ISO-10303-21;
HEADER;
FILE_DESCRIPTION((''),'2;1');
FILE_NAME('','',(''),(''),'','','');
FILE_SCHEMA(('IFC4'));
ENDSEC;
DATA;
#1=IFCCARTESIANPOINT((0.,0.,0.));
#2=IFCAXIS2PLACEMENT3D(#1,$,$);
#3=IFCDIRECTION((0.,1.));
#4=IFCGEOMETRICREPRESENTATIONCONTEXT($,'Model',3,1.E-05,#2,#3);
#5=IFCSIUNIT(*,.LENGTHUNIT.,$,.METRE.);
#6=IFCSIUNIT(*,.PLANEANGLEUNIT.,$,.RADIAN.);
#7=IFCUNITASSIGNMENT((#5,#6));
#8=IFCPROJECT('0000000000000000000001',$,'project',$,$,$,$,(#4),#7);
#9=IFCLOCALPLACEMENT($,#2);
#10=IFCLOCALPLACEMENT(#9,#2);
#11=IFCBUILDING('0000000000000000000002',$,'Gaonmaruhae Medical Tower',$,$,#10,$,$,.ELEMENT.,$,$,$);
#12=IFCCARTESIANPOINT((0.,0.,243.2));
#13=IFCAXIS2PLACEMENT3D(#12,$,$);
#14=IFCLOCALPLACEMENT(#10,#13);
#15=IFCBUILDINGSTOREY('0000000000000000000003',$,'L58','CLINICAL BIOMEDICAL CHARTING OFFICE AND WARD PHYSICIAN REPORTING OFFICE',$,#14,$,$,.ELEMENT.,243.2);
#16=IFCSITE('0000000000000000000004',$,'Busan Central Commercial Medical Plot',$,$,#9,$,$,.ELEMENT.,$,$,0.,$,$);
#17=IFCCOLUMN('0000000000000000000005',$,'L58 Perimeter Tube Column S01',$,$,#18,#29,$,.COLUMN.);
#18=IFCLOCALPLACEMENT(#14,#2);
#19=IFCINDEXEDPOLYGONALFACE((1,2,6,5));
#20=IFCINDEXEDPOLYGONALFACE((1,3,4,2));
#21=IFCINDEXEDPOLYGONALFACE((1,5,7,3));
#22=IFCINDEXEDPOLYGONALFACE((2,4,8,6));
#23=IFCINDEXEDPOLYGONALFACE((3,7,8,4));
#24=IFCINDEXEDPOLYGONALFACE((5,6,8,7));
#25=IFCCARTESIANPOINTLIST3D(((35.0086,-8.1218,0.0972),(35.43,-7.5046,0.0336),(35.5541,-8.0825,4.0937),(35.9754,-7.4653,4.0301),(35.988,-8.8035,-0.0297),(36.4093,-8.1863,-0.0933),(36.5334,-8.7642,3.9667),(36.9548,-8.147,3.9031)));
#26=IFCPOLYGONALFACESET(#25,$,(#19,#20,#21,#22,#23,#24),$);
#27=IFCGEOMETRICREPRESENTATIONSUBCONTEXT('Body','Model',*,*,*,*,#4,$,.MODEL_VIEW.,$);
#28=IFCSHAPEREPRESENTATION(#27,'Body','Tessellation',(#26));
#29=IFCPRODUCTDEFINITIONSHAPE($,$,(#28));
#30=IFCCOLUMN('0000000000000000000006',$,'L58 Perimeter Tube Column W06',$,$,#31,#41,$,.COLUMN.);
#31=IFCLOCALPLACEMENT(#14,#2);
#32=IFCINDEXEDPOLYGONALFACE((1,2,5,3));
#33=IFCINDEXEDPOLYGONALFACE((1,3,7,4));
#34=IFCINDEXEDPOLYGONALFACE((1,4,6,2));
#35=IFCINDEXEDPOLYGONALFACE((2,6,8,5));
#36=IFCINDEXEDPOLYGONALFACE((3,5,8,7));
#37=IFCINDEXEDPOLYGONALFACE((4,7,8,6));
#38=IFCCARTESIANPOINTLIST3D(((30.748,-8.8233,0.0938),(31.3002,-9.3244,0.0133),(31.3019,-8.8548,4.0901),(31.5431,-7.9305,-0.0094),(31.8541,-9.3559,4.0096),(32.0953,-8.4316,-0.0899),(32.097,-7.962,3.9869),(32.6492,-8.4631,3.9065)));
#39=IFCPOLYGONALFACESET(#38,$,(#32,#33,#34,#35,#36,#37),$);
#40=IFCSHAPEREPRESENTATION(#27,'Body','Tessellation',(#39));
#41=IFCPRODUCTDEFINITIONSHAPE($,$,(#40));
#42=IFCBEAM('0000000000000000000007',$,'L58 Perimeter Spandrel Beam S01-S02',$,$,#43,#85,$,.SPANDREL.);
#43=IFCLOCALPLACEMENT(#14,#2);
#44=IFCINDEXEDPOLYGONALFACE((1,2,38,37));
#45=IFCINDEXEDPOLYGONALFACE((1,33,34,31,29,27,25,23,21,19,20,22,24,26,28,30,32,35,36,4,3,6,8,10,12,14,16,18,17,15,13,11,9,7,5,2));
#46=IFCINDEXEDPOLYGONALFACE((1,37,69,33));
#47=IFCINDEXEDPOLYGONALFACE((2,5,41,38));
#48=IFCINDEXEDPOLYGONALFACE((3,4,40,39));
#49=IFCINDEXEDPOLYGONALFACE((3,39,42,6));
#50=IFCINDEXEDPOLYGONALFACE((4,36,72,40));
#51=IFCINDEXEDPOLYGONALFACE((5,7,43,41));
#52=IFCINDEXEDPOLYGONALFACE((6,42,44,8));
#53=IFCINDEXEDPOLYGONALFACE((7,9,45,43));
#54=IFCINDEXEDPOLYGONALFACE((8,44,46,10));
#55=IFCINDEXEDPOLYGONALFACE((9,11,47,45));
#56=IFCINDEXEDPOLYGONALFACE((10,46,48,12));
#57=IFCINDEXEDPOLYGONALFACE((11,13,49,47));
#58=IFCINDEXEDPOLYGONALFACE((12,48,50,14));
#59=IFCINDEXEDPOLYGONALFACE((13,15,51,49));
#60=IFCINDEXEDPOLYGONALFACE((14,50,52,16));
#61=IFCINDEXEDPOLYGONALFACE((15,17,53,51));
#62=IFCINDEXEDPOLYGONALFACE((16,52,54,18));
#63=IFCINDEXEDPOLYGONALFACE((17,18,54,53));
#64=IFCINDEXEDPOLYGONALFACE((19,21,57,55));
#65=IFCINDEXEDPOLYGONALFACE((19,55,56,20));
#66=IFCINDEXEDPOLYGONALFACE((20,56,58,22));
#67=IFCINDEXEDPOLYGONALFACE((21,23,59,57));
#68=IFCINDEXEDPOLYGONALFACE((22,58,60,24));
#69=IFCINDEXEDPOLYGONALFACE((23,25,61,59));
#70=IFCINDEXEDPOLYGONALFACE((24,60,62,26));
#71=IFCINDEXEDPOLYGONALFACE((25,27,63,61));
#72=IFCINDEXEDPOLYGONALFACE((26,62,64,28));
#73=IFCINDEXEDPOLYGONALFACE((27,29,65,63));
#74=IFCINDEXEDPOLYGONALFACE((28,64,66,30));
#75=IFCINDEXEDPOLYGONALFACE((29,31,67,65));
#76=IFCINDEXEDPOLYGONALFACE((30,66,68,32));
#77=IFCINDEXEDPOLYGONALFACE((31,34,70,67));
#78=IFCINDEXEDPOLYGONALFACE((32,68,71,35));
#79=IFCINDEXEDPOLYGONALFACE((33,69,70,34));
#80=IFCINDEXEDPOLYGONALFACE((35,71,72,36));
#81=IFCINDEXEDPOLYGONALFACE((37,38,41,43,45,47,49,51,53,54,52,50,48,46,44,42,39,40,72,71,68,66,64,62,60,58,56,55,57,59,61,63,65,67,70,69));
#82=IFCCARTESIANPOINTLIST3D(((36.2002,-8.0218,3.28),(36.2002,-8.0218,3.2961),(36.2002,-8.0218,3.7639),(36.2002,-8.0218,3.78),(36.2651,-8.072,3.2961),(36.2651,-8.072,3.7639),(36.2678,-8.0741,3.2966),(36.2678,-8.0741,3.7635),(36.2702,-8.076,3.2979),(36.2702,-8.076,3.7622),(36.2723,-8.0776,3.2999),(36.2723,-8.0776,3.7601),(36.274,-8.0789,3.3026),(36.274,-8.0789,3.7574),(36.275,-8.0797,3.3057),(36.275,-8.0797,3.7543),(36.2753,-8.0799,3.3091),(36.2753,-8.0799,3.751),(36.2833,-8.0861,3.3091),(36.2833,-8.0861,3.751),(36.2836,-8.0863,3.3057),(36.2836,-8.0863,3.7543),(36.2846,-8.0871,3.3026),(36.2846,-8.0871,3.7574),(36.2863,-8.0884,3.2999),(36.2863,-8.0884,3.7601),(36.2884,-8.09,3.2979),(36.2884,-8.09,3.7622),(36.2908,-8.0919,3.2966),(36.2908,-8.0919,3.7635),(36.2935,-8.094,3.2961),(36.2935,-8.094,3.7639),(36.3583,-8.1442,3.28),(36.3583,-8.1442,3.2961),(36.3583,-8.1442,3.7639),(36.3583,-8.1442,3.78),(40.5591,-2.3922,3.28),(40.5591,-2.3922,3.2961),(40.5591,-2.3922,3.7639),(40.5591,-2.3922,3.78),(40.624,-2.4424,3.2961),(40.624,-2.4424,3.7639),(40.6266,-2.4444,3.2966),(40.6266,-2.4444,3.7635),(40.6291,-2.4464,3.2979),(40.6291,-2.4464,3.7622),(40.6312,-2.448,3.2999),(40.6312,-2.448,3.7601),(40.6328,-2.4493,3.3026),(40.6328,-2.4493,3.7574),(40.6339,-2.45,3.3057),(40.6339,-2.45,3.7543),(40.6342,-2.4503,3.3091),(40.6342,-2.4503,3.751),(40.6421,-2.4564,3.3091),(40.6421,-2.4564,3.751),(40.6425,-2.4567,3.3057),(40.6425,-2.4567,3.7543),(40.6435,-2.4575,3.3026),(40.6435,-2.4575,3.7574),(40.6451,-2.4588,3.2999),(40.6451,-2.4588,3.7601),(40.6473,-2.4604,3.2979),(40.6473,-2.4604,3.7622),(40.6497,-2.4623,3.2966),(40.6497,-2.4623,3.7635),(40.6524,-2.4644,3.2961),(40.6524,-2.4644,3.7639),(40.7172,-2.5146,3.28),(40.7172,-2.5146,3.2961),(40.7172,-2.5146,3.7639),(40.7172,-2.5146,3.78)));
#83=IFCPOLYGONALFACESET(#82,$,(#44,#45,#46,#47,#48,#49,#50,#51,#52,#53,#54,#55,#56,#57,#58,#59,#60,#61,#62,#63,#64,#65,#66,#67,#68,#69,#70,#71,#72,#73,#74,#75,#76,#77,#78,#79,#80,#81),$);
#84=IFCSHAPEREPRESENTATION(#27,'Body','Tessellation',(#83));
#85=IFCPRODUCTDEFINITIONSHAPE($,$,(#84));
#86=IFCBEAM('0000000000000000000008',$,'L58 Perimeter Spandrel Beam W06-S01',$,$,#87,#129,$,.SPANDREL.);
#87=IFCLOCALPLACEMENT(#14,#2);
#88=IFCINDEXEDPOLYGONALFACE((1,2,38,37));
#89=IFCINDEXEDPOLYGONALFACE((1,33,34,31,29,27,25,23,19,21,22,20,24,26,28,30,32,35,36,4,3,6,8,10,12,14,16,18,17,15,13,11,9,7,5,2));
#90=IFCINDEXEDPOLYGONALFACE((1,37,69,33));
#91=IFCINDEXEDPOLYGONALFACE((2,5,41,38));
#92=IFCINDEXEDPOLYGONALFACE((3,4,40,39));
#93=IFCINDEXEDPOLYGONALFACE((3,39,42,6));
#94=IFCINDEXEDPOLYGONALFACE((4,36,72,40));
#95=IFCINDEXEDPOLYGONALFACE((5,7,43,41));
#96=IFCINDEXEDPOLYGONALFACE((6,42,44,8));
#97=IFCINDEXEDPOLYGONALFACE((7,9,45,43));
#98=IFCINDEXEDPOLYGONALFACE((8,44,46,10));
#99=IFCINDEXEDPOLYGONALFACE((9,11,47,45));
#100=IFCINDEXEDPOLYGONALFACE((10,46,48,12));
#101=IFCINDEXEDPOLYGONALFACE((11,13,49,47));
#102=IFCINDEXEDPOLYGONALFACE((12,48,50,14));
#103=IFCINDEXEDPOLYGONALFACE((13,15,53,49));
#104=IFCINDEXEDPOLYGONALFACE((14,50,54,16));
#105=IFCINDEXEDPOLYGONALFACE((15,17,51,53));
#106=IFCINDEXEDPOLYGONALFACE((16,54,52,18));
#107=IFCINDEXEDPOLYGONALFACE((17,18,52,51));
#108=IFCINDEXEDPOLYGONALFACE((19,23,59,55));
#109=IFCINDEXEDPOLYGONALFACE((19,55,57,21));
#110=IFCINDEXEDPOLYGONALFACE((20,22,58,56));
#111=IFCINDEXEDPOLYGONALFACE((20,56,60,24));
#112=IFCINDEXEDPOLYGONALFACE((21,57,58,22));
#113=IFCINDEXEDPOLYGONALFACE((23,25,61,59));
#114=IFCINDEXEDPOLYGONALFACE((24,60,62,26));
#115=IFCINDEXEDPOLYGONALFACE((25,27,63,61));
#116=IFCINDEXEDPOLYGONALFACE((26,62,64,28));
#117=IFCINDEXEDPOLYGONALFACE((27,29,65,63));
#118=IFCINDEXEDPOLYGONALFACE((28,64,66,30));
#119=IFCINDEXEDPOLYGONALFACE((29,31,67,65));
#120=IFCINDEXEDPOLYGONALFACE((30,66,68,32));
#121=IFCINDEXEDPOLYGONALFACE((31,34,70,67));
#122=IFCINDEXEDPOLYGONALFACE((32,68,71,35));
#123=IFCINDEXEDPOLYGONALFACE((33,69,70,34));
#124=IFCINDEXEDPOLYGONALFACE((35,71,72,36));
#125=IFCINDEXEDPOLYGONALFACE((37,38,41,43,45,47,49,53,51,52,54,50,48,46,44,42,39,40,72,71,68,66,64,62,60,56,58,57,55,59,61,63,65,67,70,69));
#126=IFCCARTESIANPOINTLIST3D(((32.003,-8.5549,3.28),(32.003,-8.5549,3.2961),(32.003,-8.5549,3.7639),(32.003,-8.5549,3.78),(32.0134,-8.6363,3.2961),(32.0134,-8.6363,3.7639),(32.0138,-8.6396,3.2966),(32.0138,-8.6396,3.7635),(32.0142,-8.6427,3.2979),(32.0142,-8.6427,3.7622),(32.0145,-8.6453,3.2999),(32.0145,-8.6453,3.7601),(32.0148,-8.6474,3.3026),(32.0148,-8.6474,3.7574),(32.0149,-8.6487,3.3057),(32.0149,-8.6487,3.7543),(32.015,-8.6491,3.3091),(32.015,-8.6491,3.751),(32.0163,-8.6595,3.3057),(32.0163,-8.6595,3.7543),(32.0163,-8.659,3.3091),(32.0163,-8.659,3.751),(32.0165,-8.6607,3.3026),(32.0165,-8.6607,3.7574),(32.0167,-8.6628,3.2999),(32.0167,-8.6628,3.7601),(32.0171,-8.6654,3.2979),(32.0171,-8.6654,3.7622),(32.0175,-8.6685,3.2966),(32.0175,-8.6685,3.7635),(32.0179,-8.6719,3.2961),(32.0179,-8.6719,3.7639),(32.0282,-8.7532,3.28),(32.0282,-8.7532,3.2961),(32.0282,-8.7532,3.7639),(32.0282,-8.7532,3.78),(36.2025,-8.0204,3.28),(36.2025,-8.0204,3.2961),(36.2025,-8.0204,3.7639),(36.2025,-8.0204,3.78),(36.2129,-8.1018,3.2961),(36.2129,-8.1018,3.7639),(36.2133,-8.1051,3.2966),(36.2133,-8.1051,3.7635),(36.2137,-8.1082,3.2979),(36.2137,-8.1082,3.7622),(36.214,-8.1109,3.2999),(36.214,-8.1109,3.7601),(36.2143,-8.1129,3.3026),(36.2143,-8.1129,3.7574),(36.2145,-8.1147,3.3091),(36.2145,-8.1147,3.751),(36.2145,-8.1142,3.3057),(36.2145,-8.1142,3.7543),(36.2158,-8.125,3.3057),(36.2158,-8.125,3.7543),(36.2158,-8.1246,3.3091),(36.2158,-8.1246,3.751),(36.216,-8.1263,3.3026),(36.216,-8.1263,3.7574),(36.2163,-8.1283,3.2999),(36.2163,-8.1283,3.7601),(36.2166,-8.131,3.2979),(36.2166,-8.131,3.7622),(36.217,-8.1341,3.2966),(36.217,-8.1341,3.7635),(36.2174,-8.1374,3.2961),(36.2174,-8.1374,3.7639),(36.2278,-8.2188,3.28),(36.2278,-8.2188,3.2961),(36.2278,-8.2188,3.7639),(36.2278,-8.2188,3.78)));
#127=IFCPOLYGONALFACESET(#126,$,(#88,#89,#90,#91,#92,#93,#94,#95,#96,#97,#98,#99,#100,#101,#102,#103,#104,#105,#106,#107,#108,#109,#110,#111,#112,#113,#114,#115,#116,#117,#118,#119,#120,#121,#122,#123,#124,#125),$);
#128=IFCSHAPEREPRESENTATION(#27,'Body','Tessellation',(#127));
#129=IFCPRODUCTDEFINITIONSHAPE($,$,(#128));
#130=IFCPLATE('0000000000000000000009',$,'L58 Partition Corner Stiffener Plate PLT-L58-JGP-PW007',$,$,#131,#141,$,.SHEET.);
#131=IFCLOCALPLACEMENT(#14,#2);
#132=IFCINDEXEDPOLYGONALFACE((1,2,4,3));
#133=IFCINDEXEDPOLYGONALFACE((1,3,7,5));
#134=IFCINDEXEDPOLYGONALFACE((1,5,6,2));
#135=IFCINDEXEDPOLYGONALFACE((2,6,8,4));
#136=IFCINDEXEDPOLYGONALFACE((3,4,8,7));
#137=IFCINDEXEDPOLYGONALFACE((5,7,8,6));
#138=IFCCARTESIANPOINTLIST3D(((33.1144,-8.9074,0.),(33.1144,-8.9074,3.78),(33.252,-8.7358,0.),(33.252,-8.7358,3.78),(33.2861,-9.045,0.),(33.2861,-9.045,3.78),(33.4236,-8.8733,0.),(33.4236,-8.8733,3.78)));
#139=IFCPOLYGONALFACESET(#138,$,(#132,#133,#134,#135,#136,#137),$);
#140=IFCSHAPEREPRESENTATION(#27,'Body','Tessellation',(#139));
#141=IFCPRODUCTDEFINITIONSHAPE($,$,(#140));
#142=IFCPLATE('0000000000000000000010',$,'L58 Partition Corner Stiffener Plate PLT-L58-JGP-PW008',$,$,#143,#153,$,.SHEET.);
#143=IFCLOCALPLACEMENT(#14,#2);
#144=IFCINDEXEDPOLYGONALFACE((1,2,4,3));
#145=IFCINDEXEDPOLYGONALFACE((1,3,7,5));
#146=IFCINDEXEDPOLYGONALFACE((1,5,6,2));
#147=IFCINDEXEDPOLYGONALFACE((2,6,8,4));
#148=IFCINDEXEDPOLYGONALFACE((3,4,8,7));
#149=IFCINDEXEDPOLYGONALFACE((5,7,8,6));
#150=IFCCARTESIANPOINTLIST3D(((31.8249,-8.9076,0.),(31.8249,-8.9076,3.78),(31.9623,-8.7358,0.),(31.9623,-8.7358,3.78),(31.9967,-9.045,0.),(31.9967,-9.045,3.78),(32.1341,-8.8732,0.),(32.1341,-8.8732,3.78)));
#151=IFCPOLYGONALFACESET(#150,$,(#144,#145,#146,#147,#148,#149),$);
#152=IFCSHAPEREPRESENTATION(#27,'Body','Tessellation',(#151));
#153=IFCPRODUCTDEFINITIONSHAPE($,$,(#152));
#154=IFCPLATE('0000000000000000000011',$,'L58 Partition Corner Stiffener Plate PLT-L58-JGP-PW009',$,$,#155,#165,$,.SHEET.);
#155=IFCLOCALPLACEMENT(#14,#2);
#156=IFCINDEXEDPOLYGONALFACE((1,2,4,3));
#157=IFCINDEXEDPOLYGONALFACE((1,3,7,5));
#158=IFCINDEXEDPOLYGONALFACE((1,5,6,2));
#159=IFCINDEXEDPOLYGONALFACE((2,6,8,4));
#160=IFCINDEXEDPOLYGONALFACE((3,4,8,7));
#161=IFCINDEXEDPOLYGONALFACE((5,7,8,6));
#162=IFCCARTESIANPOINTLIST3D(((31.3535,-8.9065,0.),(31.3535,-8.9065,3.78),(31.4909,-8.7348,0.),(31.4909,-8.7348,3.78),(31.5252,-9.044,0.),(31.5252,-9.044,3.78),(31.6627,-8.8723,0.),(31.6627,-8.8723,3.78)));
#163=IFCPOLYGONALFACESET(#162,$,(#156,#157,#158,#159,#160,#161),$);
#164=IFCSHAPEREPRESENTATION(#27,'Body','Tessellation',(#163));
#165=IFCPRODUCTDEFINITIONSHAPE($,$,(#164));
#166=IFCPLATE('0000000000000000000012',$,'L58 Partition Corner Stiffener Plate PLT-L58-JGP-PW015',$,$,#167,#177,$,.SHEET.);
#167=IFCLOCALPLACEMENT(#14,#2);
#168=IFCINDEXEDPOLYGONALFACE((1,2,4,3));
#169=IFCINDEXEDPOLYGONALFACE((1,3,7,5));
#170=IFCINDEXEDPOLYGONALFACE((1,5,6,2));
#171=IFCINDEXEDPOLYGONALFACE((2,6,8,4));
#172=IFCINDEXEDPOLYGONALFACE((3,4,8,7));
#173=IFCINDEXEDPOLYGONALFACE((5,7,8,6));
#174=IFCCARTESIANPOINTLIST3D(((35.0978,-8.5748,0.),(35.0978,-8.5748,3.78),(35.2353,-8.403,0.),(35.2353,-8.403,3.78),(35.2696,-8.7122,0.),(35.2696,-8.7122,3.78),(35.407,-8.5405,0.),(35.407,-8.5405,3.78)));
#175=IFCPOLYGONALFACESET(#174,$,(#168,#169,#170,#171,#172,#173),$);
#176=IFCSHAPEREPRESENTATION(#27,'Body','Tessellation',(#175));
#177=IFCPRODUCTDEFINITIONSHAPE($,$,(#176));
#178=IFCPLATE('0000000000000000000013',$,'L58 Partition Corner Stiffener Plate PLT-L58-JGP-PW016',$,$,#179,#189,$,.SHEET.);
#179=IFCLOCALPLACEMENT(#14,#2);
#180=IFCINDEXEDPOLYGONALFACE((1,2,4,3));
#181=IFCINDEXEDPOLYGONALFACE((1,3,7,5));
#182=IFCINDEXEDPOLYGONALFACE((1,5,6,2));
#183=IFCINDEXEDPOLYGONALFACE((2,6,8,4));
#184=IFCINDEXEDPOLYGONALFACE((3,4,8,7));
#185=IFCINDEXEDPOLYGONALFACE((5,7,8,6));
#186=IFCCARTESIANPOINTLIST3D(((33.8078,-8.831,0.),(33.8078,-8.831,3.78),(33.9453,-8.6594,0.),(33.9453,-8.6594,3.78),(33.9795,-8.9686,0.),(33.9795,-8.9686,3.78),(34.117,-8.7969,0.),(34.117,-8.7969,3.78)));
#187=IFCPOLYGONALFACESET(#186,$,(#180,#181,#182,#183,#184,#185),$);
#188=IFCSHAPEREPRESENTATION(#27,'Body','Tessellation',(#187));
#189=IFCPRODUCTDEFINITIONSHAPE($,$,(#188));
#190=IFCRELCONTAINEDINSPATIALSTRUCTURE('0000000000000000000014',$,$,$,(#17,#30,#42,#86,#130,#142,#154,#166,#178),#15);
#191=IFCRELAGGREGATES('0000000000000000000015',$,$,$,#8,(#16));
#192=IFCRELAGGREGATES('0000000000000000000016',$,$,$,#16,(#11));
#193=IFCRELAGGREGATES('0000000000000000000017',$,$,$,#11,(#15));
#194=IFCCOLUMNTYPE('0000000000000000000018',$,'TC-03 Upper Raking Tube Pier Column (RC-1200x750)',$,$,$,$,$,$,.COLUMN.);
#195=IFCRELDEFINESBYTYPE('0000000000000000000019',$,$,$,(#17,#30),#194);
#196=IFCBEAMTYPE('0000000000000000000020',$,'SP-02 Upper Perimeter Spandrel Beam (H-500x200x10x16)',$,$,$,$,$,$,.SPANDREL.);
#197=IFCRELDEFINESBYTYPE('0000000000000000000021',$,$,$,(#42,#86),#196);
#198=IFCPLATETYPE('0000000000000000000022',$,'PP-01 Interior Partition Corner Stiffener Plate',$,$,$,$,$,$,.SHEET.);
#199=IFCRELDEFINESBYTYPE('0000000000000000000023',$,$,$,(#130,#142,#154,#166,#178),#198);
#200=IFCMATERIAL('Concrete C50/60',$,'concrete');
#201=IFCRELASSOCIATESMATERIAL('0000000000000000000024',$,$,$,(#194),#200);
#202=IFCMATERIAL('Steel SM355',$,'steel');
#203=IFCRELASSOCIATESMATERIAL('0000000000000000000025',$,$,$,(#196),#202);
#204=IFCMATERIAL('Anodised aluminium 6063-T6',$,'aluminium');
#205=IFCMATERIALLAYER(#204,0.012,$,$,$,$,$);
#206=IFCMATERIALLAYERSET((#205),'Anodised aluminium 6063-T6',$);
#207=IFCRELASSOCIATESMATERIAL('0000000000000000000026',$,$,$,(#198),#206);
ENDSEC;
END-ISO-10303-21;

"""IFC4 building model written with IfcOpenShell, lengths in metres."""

from ifc_helpers import new_model, si_unit, direction, frame, origin, origin_2d, place, context, subcontext, project, spatial, rectangle, i_section, extrude, material, layer, layer_set, material_profile, profile_set, type_object, element, save


model = new_model("IFC4")

# Units and contexts
model_context = context("Model", 3, precision=1e-05, world=origin(), true_north=direction((0.0, 1.0)))
body_context = subcontext(model_context, "Body", "Model", "MODEL_VIEW")
ifc_project = project(units=[si_unit("LENGTHUNIT", "METRE"), si_unit("PLANEANGLEUNIT", "RADIAN")], contexts=[model_context])

# Site, building, storey
site_placement = place(None, origin())
site = spatial("IfcSite", under=ifc_project, at=site_placement, Name="Busan Central Commercial Medical Plot", CompositionType="ELEMENT", RefElevation=0.0)
building_placement = place(site_placement, origin())
building = spatial("IfcBuilding", under=site, at=building_placement, Name="Gaonmaruhae Medical Tower", CompositionType="ELEMENT")
storey_placement = place(building_placement, frame((0.0, 0.0, 243.2)))
storey = spatial("IfcBuildingStorey", under=building, at=storey_placement, Name="L58", Description="CLINICAL BIOMEDICAL CHARTING OFFICE AND WARD PHYSICIAN REPORTING OFFICE", CompositionType="ELEMENT", Elevation=243.2)

# Columns
ifc_material_1 = material(Name="Concrete C50/60", Category="concrete")
ifc_material_profile_1 = material_profile(ifc_material_1, rectangle(XDim=1.2, YDim=0.75, at=origin_2d()), Name="RC-1200x750")
ifc_profile_set_1 = profile_set([ifc_material_profile_1], Name="Concrete C50/60")
column_type = type_object("IfcColumnType", Name="TC-03 Upper Raking Tube Pier Column (RC-1200x750)", PredefinedType="COLUMN", material=ifc_profile_set_1)
column_1_placement = place(storey_placement, frame((35.709, -8.1541, 0.002), z_axis=(0.135218, 0.009745, 0.990768), x_axis=(-0.816169, 0.568045, 0.105802)))
element("IfcColumn", 1, at=column_1_placement, inside=storey, type_object=column_type, Name="L58 Perimeter Tube Column S01", PredefinedType="COLUMN", context=body_context, shape_type="SweptSolid", body=[
    extrude(rectangle(XDim=1.2, YDim=0.75, at=origin_2d()), origin(), (0.0, 0.0, 1.0), 4.0337),
])
column_2_placement = place(storey_placement, frame((31.4216, -8.6274, 0.002), z_axis=(0.137299, -0.007806, 0.990499), x_axis=(-0.662602, -0.74402, 0.085984)))
element("IfcColumn", 2, at=column_2_placement, inside=storey, type_object=column_type, Name="L58 Perimeter Tube Column W06", PredefinedType="COLUMN", context=body_context, shape_type="SweptSolid", body=[
    extrude(rectangle(XDim=1.2, YDim=0.75, at=origin_2d()), origin(), (0.0, 0.0, 1.0), 4.0347),
])

# Beams
ifc_material_2 = material(Name="Steel SM355", Category="steel")
ifc_material_profile_2 = material_profile(ifc_material_2, i_section(OverallWidth=0.2, OverallDepth=0.5, WebThickness=0.01, FlangeThickness=0.0161, FilletRadius=0.0129, at=origin_2d()), Name="H-500x200x10x16")
ifc_profile_set_2 = profile_set([ifc_material_profile_2], Name="Steel SM355")
beam_type = type_object("IfcBeamType", Name="SP-02 Upper Perimeter Spandrel Beam (H-500x200x10x16)", PredefinedType="SPANDREL", material=ifc_profile_set_2)
beam_1_placement = place(storey_placement, frame((36.2793, -8.083, 3.53), z_axis=(0.612213, 0.790693, 0.0), x_axis=(-0.790693, 0.612213, 0.0)))
element("IfcBeam", 3, at=beam_1_placement, inside=storey, type_object=beam_type, Name="L58 Perimeter Spandrel Beam S01-S02", PredefinedType="SPANDREL", context=body_context, shape_type="SweptSolid", body=[
    extrude(i_section(OverallWidth=0.2, OverallDepth=0.5, WebThickness=0.01, FlangeThickness=0.0161, FilletRadius=0.0129, at=origin_2d()), origin(), (0.0, 0.0, 1.0), 7.1199),
])
beam_2_placement = place(storey_placement, frame((32.0156, -8.6541, 3.53), z_axis=(0.991999, 0.126242, 0.0), x_axis=(-0.126242, 0.991999, 0.0)))
element("IfcBeam", 4, at=beam_2_placement, inside=storey, type_object=beam_type, Name="L58 Perimeter Spandrel Beam W06-S01", PredefinedType="SPANDREL", context=body_context, shape_type="SweptSolid", body=[
    extrude(i_section(OverallWidth=0.2, OverallDepth=0.5, WebThickness=0.01, FlangeThickness=0.0161, FilletRadius=0.0129, at=origin_2d()), origin(), (0.0, 0.0, 1.0), 4.2334),
])

# Plates
ifc_material_3 = material(Name="Anodised aluminium 6063-T6", Category="aluminium")
ifc_layer_1 = layer(ifc_material_3, 0.012)
ifc_layer_set_1 = layer_set([ifc_layer_1], Name="Anodised aluminium 6063-T6")
plate_type = type_object("IfcPlateType", Name="PP-01 Interior Partition Corner Stiffener Plate", PredefinedType="SHEET", material=ifc_layer_set_1)
for number, where, z_axis, x_axis, name in (
    (5, (33.269, -8.8904, 0.0), (0.0, 0.0, 1.0), (-0.780376, 0.625311, 0.0), "L58 Partition Corner Stiffener Plate PLT-L58-JGP-PW007"),
    (6, (31.9795, -8.8904, 0.0), (0.0, 0.0, 1.0), (-0.624493, -0.78103, 0.0), "L58 Partition Corner Stiffener Plate PLT-L58-JGP-PW008"),
    (7, (31.5081, -8.8894, 0.0), (0.0, 0.0, 1.0), (-0.780736, 0.624861, 0.0), "L58 Partition Corner Stiffener Plate PLT-L58-JGP-PW009"),
    (8, (35.2524, -8.5576, 0.0), (0.0, 0.0, 1.0), (-0.780725, 0.624875, 0.0), "L58 Partition Corner Stiffener Plate PLT-L58-JGP-PW015"),
    (9, (33.9624, -8.814, 0.0), (0.0, 0.0, 1.0), (-0.625311, -0.780376, 0.0), "L58 Partition Corner Stiffener Plate PLT-L58-JGP-PW016"),
):
    element("IfcPlate", number, at=place(storey_placement, frame(where, z_axis=z_axis, x_axis=x_axis)), inside=storey, type_object=plate_type, Name=name, PredefinedType="SHEET", context=body_context, shape_type="SweptSolid", body=[
        extrude(rectangle(XDim=0.22, YDim=0.22, at=origin_2d()), origin(), (0.0, 0.0, 1.0), 3.78),
    ])

save(model, "model.ifc")
